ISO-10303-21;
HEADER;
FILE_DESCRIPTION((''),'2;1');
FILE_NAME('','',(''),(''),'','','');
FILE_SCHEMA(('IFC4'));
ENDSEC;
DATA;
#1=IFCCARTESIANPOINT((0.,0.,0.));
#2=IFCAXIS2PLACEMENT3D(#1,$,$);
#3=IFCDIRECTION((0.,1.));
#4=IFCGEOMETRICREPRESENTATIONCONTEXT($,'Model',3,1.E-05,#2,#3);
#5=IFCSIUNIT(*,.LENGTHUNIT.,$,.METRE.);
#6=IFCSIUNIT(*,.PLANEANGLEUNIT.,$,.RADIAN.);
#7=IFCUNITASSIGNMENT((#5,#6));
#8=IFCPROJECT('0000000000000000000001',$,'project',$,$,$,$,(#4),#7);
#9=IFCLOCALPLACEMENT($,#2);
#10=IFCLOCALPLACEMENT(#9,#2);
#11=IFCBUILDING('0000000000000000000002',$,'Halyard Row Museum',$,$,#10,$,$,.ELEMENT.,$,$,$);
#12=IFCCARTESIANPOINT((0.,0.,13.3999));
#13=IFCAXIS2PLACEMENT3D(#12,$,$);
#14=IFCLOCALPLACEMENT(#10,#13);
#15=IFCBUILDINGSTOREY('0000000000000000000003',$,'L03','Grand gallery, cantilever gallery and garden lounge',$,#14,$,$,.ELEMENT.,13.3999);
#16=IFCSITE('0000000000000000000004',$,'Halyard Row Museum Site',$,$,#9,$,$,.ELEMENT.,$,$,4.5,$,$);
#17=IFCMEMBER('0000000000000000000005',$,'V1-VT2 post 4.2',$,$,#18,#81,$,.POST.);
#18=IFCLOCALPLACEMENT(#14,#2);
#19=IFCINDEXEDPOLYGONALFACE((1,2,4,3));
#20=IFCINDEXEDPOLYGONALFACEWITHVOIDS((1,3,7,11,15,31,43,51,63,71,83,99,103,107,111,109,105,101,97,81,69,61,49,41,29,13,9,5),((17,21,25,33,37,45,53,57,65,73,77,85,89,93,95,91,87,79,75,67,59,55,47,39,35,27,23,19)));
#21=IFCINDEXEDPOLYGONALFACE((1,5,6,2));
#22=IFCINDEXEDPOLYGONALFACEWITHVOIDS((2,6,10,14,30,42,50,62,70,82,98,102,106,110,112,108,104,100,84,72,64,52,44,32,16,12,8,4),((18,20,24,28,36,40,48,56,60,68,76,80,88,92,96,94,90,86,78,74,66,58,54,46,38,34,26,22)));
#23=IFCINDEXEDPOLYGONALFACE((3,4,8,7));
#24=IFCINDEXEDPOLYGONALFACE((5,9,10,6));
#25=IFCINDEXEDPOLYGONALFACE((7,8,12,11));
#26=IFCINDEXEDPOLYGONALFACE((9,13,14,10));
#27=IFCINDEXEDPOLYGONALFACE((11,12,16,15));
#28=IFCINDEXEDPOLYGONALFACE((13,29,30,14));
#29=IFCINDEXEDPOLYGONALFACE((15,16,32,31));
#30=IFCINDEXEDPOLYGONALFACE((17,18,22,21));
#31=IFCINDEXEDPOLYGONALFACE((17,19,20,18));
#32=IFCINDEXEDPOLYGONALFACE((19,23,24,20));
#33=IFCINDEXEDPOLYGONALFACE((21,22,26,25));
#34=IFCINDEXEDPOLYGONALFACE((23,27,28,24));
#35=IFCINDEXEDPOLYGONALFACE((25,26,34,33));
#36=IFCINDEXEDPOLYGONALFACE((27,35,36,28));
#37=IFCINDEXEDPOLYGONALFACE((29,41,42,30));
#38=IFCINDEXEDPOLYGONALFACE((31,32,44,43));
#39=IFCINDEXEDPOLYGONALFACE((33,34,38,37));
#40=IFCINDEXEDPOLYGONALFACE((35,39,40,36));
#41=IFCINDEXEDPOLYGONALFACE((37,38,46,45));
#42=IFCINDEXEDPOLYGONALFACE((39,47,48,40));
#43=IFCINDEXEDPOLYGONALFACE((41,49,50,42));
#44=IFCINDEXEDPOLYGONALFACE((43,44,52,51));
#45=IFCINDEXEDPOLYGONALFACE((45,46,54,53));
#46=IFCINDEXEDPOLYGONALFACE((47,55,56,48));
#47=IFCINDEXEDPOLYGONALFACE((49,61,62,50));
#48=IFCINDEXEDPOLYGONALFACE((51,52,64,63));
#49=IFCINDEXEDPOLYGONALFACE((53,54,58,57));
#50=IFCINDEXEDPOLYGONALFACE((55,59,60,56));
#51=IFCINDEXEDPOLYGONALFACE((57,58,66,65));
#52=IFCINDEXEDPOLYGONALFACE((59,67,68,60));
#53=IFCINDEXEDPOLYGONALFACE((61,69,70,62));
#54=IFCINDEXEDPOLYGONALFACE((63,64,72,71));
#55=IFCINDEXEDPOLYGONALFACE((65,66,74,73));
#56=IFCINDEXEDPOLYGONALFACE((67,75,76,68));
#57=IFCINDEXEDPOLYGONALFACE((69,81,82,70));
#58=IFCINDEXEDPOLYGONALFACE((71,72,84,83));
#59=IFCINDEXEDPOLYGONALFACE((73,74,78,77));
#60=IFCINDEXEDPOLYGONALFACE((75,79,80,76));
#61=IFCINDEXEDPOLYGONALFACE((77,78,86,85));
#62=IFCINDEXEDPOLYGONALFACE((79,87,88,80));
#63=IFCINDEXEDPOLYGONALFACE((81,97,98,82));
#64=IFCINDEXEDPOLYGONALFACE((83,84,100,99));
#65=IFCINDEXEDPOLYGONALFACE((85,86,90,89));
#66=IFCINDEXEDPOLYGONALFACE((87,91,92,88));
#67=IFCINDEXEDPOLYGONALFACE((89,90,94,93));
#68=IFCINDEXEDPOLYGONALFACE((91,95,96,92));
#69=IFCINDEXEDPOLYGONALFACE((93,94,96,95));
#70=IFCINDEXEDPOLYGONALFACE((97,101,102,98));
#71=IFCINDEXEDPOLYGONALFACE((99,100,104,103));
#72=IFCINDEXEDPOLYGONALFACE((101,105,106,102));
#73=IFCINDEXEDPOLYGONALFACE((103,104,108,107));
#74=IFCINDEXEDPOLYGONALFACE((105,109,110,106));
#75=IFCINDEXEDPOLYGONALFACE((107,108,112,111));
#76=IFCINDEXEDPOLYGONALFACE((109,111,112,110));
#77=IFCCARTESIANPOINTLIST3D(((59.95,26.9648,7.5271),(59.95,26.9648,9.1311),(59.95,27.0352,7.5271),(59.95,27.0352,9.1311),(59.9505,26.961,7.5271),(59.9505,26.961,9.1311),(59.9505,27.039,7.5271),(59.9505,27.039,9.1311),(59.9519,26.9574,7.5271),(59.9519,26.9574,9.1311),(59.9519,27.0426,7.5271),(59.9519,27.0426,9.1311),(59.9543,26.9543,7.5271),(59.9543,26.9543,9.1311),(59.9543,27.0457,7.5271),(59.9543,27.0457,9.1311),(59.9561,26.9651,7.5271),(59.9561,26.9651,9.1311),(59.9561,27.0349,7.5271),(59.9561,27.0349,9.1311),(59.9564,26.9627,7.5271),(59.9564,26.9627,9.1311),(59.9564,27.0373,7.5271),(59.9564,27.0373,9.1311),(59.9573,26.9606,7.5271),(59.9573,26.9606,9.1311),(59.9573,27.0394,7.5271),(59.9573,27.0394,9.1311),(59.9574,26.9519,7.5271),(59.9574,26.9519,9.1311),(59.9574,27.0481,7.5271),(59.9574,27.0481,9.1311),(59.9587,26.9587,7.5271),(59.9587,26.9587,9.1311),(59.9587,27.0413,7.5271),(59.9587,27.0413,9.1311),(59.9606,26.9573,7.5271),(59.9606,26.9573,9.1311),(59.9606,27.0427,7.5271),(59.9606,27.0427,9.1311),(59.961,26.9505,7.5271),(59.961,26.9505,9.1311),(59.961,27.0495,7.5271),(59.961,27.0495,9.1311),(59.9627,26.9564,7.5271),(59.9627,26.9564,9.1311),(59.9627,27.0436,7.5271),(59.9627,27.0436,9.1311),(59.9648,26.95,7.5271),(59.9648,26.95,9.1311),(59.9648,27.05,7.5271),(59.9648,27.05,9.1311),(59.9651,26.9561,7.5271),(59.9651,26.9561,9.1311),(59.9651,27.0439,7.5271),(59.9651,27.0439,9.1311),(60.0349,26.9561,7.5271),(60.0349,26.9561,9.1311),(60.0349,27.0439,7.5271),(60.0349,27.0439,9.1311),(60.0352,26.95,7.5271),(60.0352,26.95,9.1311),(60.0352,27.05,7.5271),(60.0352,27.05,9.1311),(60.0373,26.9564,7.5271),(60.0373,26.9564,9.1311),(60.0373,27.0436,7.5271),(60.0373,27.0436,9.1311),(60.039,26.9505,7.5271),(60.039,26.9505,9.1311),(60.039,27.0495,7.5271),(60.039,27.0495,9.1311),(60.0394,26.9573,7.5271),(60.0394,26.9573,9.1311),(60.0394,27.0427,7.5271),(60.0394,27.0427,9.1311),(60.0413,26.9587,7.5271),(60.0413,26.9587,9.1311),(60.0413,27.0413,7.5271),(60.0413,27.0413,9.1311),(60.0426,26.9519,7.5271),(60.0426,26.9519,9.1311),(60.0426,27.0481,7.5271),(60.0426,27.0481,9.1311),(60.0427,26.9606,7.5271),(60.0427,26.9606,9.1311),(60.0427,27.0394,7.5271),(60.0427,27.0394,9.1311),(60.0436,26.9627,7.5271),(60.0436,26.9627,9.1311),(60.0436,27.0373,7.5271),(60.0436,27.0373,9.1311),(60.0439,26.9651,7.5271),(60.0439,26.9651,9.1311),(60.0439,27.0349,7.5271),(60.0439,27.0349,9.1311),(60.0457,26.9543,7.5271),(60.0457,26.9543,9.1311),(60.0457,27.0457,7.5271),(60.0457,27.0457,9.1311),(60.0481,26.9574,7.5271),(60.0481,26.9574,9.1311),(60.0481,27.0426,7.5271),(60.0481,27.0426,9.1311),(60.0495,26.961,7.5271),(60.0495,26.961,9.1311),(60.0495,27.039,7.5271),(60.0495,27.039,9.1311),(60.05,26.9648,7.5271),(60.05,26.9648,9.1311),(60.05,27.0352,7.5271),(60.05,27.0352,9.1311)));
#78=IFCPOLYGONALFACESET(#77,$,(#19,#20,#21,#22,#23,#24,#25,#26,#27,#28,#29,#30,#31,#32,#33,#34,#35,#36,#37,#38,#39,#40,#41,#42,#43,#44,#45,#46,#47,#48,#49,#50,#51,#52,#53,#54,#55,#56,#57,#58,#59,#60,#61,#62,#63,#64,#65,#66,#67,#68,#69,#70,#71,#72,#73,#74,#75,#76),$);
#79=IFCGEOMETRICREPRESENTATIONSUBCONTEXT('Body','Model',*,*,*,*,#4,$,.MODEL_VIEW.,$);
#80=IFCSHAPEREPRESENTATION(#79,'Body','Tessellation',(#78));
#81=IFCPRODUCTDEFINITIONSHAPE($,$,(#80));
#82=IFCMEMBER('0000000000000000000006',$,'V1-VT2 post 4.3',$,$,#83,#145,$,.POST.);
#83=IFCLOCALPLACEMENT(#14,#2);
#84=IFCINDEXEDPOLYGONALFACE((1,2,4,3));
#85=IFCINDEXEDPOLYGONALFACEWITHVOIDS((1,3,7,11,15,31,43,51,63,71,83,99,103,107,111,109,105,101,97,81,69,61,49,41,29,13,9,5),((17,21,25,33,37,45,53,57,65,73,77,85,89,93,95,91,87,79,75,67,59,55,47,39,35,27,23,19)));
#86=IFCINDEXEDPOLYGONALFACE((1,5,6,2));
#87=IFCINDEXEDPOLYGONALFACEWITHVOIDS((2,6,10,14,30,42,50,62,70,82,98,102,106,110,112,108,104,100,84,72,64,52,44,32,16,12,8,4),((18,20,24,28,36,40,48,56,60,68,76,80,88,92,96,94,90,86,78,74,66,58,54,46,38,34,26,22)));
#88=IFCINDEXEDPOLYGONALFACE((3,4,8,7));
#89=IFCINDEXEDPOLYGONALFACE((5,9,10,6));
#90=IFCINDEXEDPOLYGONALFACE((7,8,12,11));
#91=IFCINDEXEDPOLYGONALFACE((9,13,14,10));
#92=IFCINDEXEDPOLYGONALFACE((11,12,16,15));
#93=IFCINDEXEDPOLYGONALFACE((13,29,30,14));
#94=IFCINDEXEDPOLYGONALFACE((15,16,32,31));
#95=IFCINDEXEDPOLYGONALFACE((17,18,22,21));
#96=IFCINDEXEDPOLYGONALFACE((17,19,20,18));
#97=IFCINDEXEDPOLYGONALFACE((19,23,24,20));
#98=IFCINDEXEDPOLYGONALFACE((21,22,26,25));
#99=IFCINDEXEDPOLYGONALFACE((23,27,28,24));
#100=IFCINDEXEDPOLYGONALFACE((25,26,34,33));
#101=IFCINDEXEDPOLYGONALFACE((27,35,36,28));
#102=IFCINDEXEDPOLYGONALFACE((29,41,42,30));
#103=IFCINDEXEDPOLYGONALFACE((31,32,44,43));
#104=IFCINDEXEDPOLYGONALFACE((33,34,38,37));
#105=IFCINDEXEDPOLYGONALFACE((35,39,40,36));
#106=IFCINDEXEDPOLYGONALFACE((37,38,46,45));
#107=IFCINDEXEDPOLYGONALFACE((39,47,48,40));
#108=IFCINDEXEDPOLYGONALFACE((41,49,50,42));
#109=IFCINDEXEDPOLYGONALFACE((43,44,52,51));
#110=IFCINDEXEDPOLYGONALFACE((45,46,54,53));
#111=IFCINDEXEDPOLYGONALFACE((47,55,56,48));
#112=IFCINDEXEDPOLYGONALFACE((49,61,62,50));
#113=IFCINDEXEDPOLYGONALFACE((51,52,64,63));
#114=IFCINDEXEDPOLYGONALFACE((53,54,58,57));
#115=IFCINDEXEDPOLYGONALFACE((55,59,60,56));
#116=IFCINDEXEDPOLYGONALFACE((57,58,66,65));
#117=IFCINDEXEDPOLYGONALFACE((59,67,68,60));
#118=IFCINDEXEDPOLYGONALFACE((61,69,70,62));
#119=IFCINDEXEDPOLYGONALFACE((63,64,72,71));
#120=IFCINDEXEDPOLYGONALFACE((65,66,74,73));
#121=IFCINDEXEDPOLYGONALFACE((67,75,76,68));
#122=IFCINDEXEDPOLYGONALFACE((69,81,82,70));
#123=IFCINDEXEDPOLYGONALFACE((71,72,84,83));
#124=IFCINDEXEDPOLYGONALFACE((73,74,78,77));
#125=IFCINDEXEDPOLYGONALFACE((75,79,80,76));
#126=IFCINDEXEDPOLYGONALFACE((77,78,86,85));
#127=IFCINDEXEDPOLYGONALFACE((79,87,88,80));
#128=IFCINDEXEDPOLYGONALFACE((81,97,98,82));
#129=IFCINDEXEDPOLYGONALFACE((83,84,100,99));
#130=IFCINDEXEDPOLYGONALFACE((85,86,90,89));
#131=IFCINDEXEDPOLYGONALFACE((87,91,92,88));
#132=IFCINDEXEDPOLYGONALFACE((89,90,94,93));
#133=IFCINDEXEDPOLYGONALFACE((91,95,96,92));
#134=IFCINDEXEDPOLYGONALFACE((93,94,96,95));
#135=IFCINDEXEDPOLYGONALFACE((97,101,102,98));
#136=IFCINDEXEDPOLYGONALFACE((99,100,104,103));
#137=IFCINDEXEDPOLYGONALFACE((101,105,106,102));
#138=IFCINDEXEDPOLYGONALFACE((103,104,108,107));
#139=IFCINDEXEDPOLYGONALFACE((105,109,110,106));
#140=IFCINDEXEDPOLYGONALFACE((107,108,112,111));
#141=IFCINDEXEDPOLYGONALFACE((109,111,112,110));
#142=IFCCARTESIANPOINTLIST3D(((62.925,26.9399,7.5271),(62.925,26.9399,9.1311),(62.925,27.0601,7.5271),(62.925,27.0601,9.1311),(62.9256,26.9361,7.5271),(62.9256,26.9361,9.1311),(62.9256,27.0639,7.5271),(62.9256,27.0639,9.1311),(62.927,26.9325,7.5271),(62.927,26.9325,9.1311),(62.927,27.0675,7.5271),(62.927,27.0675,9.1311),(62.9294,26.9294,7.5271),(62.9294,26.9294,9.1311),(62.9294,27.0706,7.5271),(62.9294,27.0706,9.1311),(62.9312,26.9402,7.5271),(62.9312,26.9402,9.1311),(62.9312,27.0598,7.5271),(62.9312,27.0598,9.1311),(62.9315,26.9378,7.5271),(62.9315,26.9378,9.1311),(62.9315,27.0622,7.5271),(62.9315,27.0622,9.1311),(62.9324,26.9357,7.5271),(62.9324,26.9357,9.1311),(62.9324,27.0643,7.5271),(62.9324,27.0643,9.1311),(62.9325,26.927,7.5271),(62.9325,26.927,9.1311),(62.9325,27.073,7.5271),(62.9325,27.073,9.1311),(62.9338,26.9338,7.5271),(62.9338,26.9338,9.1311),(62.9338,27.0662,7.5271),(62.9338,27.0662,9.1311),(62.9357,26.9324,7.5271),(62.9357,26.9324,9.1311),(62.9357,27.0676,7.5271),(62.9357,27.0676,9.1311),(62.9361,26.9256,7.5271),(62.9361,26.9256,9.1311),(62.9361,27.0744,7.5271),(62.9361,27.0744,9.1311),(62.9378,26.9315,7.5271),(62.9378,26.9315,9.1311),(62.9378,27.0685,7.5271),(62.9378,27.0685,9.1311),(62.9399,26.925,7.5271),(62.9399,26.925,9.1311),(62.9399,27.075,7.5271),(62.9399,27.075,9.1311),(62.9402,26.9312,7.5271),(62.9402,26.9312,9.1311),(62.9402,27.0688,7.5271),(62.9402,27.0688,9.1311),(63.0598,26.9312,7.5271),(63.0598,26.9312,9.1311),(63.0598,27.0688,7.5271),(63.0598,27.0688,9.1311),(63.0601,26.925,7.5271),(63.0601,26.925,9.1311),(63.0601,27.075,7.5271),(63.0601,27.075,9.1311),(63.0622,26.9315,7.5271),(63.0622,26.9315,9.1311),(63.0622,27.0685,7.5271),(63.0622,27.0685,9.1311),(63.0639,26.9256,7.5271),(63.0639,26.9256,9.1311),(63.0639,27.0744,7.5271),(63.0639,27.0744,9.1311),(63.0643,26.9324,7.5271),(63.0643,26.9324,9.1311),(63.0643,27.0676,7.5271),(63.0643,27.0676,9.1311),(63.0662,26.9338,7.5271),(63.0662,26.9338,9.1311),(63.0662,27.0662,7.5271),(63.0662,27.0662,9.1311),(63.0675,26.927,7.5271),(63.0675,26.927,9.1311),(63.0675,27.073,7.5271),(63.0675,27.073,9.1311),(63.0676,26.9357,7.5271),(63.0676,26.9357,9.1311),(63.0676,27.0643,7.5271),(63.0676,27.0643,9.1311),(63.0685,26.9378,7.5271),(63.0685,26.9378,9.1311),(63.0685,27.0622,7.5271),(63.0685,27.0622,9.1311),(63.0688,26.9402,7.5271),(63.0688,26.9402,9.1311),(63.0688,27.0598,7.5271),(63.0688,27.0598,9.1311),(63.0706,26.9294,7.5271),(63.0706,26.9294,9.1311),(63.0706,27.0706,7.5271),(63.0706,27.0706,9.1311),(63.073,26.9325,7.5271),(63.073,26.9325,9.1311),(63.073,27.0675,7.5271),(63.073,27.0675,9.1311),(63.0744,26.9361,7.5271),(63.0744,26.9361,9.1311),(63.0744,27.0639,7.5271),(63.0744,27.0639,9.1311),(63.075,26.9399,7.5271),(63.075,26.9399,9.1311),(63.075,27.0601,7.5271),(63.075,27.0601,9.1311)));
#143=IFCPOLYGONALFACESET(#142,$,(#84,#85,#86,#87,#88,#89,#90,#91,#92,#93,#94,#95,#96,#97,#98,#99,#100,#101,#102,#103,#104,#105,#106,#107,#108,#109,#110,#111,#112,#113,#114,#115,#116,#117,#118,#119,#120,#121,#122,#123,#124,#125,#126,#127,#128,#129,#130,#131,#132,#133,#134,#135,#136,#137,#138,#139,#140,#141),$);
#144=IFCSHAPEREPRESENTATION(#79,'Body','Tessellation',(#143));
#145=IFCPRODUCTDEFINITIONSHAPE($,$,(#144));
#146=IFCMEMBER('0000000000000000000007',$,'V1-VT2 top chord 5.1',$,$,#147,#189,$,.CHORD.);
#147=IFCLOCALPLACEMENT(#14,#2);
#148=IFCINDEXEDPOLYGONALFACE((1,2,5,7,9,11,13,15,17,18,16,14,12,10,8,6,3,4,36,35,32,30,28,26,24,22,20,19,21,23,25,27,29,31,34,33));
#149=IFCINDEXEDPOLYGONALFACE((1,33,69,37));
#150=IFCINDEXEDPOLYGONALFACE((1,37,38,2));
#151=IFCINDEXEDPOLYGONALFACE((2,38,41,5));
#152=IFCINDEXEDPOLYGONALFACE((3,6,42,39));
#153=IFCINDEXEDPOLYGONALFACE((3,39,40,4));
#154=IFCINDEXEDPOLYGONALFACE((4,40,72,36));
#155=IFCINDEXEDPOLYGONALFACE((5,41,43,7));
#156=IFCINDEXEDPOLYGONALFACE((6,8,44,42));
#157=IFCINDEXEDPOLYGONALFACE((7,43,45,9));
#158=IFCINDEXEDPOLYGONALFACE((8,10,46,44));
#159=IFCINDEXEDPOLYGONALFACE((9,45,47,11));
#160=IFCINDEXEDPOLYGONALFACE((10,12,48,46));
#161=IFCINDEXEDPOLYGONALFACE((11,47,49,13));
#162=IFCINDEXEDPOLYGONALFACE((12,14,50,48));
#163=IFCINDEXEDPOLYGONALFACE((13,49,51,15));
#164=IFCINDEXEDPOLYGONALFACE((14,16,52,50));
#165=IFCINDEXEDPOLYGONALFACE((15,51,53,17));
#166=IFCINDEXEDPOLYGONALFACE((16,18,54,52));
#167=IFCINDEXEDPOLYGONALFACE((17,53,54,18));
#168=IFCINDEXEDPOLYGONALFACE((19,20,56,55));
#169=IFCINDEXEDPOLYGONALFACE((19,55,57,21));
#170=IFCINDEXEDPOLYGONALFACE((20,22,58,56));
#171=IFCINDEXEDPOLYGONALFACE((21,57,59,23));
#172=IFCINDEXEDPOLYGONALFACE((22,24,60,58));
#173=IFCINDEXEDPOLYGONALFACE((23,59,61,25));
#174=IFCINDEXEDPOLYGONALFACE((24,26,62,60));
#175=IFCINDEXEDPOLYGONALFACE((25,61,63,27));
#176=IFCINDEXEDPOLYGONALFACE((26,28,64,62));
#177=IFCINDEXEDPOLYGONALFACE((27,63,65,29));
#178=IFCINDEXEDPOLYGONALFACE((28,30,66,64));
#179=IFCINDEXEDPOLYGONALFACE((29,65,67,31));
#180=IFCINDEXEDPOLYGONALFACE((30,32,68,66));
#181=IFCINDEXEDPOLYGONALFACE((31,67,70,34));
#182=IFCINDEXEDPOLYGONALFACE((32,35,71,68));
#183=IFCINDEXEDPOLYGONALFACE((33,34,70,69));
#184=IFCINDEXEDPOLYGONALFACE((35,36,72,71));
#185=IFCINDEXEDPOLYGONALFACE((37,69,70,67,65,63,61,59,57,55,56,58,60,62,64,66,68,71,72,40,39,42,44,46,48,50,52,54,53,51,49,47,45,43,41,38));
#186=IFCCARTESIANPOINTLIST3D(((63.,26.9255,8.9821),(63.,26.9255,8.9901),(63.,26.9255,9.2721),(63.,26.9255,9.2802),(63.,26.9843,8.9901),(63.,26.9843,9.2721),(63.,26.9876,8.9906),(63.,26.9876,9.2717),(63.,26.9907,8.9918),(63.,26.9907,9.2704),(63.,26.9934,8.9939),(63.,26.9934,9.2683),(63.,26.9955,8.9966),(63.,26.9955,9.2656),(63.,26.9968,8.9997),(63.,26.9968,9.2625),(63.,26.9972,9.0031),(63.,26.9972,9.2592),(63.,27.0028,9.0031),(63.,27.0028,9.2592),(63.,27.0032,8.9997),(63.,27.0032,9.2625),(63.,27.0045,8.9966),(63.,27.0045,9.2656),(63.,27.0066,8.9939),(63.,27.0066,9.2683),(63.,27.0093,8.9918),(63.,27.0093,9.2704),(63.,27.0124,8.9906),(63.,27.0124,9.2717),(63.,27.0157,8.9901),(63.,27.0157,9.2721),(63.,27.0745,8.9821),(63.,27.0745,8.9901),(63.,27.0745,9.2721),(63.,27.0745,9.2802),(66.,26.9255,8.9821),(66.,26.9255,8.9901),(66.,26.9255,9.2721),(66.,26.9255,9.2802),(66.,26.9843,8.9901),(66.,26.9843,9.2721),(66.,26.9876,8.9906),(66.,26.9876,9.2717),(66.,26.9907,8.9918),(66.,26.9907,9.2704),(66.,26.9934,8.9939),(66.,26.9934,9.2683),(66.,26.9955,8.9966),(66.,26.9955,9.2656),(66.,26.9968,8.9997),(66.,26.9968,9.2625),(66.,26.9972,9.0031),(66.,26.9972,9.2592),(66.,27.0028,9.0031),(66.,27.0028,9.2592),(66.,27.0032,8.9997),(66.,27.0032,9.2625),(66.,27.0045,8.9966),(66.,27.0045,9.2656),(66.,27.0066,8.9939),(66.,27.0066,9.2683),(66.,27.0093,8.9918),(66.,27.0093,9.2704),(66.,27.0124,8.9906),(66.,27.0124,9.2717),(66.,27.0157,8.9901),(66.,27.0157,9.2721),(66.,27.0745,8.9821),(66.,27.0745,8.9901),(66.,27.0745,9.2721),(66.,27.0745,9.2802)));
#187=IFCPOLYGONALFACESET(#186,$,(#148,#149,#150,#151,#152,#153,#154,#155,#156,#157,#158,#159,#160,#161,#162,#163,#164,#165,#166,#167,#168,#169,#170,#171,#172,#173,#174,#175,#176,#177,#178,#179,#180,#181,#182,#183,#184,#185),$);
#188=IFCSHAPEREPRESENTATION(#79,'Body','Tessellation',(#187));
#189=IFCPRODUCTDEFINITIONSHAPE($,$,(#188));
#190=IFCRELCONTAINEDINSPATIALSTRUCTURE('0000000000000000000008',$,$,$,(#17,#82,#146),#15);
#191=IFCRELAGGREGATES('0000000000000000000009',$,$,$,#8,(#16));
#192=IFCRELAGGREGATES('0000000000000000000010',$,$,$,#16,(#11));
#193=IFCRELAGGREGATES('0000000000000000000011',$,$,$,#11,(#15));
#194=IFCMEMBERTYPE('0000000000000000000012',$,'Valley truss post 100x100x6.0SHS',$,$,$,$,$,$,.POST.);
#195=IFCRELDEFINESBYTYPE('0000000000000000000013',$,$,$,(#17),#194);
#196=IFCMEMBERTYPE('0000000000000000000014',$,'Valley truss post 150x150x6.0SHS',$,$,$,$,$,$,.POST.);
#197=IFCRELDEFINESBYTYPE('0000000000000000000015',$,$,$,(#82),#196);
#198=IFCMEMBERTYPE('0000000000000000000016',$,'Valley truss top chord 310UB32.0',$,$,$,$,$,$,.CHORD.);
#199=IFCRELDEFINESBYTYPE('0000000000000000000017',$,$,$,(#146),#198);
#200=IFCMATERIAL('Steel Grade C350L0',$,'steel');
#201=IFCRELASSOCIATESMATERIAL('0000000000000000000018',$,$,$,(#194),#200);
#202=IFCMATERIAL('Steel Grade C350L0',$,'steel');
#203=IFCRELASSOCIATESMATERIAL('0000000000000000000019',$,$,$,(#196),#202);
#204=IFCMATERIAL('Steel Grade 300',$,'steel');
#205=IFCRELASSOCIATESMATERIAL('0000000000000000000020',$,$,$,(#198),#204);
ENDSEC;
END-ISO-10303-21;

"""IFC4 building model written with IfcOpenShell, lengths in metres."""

from ifc_helpers import new_model, si_unit, direction, frame, origin, origin_2d, place, context, subcontext, project, spatial, hollow_rectangle, i_section, extrude, material, material_profile, profile_set, type_object, element, save


model = new_model("IFC4")

# Units and contexts
model_context = context("Model", 3, precision=1e-05, world=origin(), true_north=direction((0.0, 1.0)))
body_context = subcontext(model_context, "Body", "Model", "MODEL_VIEW")
ifc_project = project(units=[si_unit("LENGTHUNIT", "METRE"), si_unit("PLANEANGLEUNIT", "RADIAN")], contexts=[model_context])

# Site, building, storey
site_placement = place(None, origin())
site = spatial("IfcSite", under=ifc_project, at=site_placement, Name="Halyard Row Museum Site", CompositionType="ELEMENT", RefElevation=4.5)
building_placement = place(site_placement, origin())
building = spatial("IfcBuilding", under=site, at=building_placement, Name="Halyard Row Museum", CompositionType="ELEMENT")
storey_placement = place(building_placement, frame((0.0, 0.0, 13.3999)))
storey = spatial("IfcBuildingStorey", under=building, at=storey_placement, Name="L03", Description="Grand gallery, cantilever gallery and garden lounge", CompositionType="ELEMENT", Elevation=13.3999)

# Members
ifc_material_1 = material(Name="Steel Grade C350L0", Category="steel")
ifc_material_profile_1 = material_profile(ifc_material_1, hollow_rectangle(XDim=0.1001, YDim=0.1001, WallThickness=0.0061, InnerFilletRadius=0.009, OuterFilletRadius=0.0149, at=origin_2d()), Name="100x100x6.0SHS")
ifc_profile_set_1 = profile_set([ifc_material_profile_1], Name="Steel Grade C350L0")
member_type_1 = type_object("IfcMemberType", Name="Valley truss post 100x100x6.0SHS", PredefinedType="POST", material=ifc_profile_set_1)
member_1_placement = place(storey_placement, frame((60.0, 27.0, 7.5271), z_axis=(0.0, 0.0, 1.0), x_axis=(1.0, 0.0, 0.0)))
element("IfcMember", 1, at=member_1_placement, inside=storey, type_object=member_type_1, Name="V1-VT2 post 4.2", PredefinedType="POST", context=body_context, shape_type="SweptSolid", body=[
    extrude(hollow_rectangle(XDim=0.1001, YDim=0.1001, WallThickness=0.0061, InnerFilletRadius=0.009, OuterFilletRadius=0.0149, at=origin_2d()), origin(), (0.0, 0.0, 1.0), 1.604),
])
ifc_material_2 = material(Name="Steel Grade C350L0", Category="steel")
ifc_material_profile_2 = material_profile(ifc_material_2, hollow_rectangle(XDim=0.1499, YDim=0.1499, WallThickness=0.0061, InnerFilletRadius=0.009, OuterFilletRadius=0.0149, at=origin_2d()), Name="150x150x6.0SHS")
ifc_profile_set_2 = profile_set([ifc_material_profile_2], Name="Steel Grade C350L0")
member_type_2 = type_object("IfcMemberType", Name="Valley truss post 150x150x6.0SHS", PredefinedType="POST", material=ifc_profile_set_2)
member_2_placement = place(storey_placement, frame((63.0, 27.0, 7.5271), z_axis=(0.0, 0.0, 1.0), x_axis=(1.0, 0.0, 0.0)))
element("IfcMember", 2, at=member_2_placement, inside=storey, type_object=member_type_2, Name="V1-VT2 post 4.3", PredefinedType="POST", context=body_context, shape_type="SweptSolid", body=[
    extrude(hollow_rectangle(XDim=0.1499, YDim=0.1499, WallThickness=0.0061, InnerFilletRadius=0.009, OuterFilletRadius=0.0149, at=origin_2d()), origin(), (0.0, 0.0, 1.0), 1.604),
])
ifc_material_3 = material(Name="Steel Grade 300", Category="steel")
ifc_material_profile_3 = material_profile(ifc_material_3, i_section(OverallWidth=0.1489, OverallDepth=0.2981, WebThickness=0.0056, FlangeThickness=0.0081, FilletRadius=0.0129, at=origin_2d()), Name="310UB32.0")
ifc_profile_set_3 = profile_set([ifc_material_profile_3], Name="Steel Grade 300")
member_type_3 = type_object("IfcMemberType", Name="Valley truss top chord 310UB32.0", PredefinedType="CHORD", material=ifc_profile_set_3)
member_3_placement = place(storey_placement, frame((63.0, 27.0, 9.1311), z_axis=(1.0, 0.0, 0.0), x_axis=(0.0, 1.0, 0.0)))
element("IfcMember", 3, at=member_3_placement, inside=storey, type_object=member_type_3, Name="V1-VT2 top chord 5.1", PredefinedType="CHORD", context=body_context, shape_type="SweptSolid", body=[
    extrude(i_section(OverallWidth=0.1489, OverallDepth=0.2981, WebThickness=0.0056, FlangeThickness=0.0081, FilletRadius=0.0129, at=origin_2d()), origin(), (0.0, 0.0, 1.0), 3.0),
])

save(model, "model.ifc")
